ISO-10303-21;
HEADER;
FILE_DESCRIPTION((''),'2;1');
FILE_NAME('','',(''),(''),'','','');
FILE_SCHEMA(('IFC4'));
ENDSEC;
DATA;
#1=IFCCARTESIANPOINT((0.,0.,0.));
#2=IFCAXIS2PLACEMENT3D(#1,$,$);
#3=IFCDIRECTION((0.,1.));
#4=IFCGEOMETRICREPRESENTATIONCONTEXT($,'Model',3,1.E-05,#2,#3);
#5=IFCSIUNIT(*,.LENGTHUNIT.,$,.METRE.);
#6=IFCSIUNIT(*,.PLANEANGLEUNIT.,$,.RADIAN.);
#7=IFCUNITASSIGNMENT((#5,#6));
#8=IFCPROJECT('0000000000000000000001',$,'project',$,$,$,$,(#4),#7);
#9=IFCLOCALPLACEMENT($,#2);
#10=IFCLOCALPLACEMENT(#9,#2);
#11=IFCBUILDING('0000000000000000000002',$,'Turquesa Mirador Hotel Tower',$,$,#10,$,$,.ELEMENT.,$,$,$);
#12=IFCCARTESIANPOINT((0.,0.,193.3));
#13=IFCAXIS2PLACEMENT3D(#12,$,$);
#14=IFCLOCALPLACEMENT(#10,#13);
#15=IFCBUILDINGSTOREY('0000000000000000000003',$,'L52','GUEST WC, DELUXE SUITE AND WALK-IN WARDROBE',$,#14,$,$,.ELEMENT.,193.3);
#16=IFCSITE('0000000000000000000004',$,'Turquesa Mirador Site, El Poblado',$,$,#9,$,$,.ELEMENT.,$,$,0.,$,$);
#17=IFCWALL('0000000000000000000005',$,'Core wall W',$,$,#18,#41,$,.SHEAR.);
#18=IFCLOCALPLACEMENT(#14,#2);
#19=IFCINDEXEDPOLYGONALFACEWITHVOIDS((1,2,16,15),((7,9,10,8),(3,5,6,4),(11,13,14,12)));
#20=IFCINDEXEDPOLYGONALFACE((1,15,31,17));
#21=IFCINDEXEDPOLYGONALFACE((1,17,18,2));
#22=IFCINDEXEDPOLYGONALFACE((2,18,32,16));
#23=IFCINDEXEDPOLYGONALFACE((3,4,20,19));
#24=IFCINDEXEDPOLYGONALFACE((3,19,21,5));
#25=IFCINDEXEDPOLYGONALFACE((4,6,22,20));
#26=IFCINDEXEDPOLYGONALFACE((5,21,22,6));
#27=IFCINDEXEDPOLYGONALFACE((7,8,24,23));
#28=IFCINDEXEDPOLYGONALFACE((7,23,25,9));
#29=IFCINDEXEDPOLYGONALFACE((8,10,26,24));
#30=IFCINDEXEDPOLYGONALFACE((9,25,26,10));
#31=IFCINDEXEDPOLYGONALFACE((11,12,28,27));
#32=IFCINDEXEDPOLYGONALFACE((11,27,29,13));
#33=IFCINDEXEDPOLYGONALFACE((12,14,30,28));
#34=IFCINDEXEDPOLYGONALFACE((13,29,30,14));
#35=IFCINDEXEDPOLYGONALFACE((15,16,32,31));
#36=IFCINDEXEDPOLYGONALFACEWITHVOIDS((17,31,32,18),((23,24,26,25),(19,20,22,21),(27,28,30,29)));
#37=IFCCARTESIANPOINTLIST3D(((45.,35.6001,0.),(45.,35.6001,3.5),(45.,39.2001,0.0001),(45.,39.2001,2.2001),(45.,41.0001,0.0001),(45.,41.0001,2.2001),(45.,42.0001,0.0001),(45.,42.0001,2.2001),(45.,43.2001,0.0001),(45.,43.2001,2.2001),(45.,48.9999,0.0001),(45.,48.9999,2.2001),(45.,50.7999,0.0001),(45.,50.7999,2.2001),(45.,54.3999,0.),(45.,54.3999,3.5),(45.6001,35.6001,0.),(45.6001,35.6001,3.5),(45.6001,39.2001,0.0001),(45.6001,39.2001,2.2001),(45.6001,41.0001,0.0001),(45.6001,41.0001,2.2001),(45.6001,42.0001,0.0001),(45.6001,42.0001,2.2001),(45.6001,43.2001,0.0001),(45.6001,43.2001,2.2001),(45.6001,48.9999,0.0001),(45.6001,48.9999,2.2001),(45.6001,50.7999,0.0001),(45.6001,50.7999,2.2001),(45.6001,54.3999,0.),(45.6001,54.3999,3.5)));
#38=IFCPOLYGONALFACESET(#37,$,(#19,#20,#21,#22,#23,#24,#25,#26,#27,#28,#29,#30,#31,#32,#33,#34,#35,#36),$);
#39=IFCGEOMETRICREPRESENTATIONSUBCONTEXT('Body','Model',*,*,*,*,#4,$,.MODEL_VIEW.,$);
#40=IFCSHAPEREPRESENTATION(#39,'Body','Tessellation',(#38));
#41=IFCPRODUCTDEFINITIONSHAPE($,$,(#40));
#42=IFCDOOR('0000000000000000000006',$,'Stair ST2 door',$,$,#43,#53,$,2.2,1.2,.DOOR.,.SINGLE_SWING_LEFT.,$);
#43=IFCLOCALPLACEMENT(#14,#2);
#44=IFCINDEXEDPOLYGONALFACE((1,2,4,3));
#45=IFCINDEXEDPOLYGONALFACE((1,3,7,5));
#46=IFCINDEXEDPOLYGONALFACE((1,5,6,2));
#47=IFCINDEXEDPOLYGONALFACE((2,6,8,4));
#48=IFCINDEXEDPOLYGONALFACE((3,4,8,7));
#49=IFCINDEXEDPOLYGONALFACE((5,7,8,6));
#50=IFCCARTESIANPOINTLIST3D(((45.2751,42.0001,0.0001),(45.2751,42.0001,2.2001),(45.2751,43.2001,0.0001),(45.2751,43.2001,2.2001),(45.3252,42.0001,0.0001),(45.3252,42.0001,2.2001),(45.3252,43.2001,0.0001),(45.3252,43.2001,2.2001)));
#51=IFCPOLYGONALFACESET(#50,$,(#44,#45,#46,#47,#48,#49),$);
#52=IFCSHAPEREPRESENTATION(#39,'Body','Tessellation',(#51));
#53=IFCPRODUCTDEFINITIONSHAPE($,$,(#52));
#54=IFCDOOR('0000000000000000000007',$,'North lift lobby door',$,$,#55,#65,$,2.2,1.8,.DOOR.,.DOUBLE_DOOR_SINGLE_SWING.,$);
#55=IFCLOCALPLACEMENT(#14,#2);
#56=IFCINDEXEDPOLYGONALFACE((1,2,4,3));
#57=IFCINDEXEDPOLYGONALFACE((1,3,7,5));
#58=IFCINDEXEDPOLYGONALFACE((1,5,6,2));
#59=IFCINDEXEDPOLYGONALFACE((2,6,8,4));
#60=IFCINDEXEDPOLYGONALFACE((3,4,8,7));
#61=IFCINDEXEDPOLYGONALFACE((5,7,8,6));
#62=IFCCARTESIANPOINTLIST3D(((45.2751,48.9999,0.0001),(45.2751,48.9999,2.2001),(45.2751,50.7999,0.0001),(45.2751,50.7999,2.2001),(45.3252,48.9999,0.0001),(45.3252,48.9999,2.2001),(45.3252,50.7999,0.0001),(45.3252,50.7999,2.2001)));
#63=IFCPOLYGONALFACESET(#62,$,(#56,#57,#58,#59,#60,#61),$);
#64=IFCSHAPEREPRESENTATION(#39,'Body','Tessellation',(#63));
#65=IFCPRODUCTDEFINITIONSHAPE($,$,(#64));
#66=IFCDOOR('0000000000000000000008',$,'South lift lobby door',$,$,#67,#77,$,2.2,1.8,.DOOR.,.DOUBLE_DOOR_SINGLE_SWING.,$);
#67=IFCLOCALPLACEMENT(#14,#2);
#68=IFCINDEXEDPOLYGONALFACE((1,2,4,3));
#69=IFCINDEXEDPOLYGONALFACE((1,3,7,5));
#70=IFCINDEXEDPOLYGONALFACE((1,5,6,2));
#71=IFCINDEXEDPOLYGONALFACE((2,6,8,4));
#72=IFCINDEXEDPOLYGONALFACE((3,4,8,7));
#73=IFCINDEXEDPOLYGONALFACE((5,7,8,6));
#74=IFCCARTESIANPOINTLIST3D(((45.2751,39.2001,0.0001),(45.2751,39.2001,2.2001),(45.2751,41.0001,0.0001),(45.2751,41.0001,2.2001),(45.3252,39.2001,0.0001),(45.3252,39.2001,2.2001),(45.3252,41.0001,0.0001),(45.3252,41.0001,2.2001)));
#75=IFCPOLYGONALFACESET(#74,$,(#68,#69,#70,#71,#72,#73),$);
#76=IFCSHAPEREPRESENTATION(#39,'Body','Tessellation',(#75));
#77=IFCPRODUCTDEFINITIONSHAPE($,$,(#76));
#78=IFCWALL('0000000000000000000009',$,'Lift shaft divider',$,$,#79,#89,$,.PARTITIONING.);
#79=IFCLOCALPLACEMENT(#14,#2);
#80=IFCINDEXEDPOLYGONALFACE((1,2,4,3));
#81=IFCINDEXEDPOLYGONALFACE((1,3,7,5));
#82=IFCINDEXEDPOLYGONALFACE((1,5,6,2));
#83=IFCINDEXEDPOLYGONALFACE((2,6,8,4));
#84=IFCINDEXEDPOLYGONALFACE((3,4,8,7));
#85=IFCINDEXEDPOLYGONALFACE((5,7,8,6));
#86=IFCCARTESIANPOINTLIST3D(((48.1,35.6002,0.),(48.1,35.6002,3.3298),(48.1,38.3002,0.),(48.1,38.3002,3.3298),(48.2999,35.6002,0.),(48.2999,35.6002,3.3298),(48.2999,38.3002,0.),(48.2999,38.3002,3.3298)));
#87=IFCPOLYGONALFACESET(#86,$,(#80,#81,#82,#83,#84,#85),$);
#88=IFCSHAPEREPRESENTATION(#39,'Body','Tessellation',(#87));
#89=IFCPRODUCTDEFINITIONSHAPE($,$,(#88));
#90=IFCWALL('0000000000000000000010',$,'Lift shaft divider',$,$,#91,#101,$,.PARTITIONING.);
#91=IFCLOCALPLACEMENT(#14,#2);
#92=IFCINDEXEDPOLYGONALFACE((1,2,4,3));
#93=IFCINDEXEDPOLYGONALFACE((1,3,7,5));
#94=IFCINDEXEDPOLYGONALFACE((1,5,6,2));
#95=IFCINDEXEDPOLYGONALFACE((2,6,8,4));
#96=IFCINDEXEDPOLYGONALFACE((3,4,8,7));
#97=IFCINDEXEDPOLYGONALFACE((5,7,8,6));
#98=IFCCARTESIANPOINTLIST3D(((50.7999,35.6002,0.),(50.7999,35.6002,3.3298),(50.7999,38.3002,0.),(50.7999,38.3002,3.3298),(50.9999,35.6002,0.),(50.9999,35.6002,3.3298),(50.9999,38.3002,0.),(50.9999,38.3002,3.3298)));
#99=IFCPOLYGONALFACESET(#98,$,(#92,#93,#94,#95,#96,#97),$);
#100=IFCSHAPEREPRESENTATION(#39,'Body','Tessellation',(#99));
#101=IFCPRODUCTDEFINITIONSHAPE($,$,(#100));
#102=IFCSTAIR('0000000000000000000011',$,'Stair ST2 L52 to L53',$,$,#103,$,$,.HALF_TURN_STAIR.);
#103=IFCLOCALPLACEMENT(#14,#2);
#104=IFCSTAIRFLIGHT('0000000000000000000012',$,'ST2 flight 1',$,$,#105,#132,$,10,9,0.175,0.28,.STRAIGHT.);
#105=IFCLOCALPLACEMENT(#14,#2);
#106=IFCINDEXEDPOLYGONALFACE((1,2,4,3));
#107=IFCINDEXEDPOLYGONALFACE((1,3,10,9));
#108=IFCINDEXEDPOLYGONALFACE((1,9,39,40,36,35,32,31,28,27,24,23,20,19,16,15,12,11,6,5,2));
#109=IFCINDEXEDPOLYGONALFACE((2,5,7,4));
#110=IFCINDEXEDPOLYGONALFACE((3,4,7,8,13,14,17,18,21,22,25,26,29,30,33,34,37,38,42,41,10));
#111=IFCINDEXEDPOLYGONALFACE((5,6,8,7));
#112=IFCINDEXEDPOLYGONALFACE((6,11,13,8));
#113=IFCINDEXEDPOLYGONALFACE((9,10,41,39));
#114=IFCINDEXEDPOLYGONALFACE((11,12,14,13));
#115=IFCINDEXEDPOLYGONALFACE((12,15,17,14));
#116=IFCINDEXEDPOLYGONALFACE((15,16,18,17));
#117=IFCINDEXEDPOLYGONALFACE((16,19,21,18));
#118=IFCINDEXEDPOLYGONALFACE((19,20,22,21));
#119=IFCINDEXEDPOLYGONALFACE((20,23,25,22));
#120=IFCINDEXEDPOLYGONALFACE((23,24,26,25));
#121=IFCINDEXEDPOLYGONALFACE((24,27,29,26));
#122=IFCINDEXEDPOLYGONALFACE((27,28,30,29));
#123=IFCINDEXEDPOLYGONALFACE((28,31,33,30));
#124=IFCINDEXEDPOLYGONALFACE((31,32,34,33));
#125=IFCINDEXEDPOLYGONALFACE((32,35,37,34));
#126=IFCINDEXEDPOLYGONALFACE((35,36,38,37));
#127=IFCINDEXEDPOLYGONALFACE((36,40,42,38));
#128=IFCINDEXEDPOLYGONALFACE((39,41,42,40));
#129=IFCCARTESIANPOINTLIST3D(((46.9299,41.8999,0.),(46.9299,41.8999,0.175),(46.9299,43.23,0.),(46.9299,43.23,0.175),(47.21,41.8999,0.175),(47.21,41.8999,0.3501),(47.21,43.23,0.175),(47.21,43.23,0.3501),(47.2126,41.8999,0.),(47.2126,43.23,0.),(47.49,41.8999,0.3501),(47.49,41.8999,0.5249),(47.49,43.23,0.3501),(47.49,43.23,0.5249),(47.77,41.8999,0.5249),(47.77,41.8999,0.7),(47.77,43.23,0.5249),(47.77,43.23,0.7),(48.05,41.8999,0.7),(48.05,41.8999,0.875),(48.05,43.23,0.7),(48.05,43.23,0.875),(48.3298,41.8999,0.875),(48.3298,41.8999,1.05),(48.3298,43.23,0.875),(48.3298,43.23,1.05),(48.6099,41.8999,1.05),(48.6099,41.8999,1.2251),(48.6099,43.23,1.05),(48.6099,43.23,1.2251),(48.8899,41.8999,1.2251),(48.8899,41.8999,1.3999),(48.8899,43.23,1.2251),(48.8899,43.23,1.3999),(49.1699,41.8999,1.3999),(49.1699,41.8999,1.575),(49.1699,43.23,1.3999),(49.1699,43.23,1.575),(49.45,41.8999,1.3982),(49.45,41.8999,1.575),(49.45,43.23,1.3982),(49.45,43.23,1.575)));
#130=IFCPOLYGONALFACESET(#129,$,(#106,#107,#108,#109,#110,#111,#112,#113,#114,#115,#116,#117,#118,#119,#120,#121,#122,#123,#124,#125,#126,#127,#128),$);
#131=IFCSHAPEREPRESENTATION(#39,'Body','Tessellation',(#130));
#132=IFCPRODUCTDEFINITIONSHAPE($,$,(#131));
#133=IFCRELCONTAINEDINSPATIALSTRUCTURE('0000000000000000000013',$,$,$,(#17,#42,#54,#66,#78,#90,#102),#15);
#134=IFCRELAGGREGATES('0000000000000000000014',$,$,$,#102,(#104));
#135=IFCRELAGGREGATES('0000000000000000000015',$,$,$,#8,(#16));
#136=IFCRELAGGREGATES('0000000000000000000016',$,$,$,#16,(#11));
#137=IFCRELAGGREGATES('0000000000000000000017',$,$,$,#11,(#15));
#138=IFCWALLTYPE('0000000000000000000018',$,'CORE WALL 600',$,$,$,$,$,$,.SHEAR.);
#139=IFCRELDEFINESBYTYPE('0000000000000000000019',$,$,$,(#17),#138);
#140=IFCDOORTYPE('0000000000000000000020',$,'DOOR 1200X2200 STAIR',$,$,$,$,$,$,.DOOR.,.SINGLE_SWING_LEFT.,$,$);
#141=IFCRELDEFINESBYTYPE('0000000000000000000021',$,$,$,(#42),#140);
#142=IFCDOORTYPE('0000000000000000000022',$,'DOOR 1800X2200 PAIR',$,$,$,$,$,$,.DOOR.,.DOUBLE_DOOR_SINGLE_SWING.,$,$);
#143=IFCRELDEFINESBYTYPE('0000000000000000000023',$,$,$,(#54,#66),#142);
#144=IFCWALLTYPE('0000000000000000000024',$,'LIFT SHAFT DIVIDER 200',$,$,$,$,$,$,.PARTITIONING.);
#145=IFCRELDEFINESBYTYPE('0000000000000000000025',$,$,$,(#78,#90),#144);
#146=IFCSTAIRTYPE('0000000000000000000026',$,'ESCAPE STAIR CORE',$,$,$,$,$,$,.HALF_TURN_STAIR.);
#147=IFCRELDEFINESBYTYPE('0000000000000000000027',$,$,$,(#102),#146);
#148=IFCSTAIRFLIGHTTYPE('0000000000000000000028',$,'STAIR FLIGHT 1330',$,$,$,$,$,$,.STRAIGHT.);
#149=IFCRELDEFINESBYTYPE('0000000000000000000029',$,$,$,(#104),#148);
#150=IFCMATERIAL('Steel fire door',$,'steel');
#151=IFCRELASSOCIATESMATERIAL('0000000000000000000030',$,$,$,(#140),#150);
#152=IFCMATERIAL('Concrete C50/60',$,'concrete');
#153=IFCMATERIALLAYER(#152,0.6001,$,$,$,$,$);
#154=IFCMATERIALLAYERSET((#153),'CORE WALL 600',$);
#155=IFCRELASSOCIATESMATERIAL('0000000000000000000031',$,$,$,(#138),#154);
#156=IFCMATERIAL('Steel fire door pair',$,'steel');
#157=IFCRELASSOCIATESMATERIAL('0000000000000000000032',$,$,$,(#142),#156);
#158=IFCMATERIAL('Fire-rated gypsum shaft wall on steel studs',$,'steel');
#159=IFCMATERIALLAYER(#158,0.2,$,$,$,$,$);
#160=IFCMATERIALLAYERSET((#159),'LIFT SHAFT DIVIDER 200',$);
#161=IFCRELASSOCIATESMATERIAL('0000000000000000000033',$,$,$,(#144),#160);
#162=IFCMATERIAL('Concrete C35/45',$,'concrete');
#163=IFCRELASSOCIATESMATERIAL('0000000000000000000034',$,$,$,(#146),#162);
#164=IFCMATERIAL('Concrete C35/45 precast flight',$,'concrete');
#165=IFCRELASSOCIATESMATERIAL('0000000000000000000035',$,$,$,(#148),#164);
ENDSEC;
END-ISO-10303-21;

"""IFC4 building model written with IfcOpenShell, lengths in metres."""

from ifc_helpers import new_model, si_unit, direction, frame, frame_2d, origin, place, context, subcontext, project, spatial, polyline, rectangle, outline, extrude, material, layer, layer_set, type_object, element, fill, aggregate, save


model = new_model("IFC4")

# Units and contexts
model_context = context("Model", 3, precision=1e-05, world=origin(), true_north=direction((0.0, 1.0)))
body_context = subcontext(model_context, "Body", "Model", "MODEL_VIEW")
ifc_project = project(units=[si_unit("LENGTHUNIT", "METRE"), si_unit("PLANEANGLEUNIT", "RADIAN")], contexts=[model_context])

# Site, building, storey
site_placement = place(None, origin())
site = spatial("IfcSite", under=ifc_project, at=site_placement, Name="Turquesa Mirador Site, El Poblado", CompositionType="ELEMENT", RefElevation=0.0)
building_placement = place(site_placement, origin())
building = spatial("IfcBuilding", under=site, at=building_placement, Name="Turquesa Mirador Hotel Tower", CompositionType="ELEMENT")
storey_placement = place(building_placement, frame((0.0, 0.0, 193.3)))
storey = spatial("IfcBuildingStorey", under=building, at=storey_placement, Name="L52", Description="GUEST WC, DELUXE SUITE AND WALK-IN WARDROBE", CompositionType="ELEMENT", Elevation=193.3)

# Shared definitions
ifc_material_1 = material(Name="Steel fire door", Category="steel")
door_type_1 = type_object("IfcDoorType", Name="DOOR 1200X2200 STAIR", OperationType="SINGLE_SWING_LEFT", PredefinedType="DOOR", material=ifc_material_1)

# Shared definitions
ifc_material_2 = material(Name="Concrete C50/60", Category="concrete")
ifc_layer_1 = layer(ifc_material_2, 0.6001)
ifc_layer_set_1 = layer_set([ifc_layer_1], Name="CORE WALL 600")
wall_type_1 = type_object("IfcWallType", Name="CORE WALL 600", PredefinedType="SHEAR", material=ifc_layer_set_1)

# Wall, openings, doors
wall_1_placement = place(storey_placement, frame((45.3, 35.6001, 0.0), z_axis=(0.0, 0.0, 1.0), x_axis=(0.0, 1.0, 0.0)))
wall_1 = element("IfcWall", 1, at=wall_1_placement, inside=storey, type_object=wall_type_1, Name="Core wall W", PredefinedType="SHEAR", context=body_context, shape_type="SweptSolid", body=[
    extrude(rectangle(XDim=18.7998, YDim=0.6001, at=frame_2d((9.3999, 0.0))), origin(), (0.0, 0.0, 1.0), 3.5),
])
opening_1_placement = place(wall_1_placement, frame((13.3999, 0.0, 0.0)))
opening_1 = element("IfcOpeningElement", 2, at=opening_1_placement, cuts=wall_1, PredefinedType="OPENING", context=body_context, shape_type="SweptSolid", body=[
    extrude(rectangle(XDim=1.8, YDim=2.2, at=frame_2d((0.8999, 1.1001))), frame((0.0, 0.3101, 0.0), z_axis=(0.0, -1.0, 0.0), x_axis=(1.0, 0.0, 0.0)), (0.0, 0.0, 1.0), 0.6201),
])
opening_2_placement = place(wall_1_placement, frame((3.6001, 0.0, 0.0)))
opening_2 = element("IfcOpeningElement", 3, at=opening_2_placement, cuts=wall_1, PredefinedType="OPENING", context=body_context, shape_type="SweptSolid", body=[
    extrude(rectangle(XDim=1.8, YDim=2.2, at=frame_2d((0.8999, 1.1001))), frame((0.0, 0.3101, 0.0), z_axis=(0.0, -1.0, 0.0), x_axis=(1.0, 0.0, 0.0)), (0.0, 0.0, 1.0), 0.6201),
])
opening_3_placement = place(wall_1_placement, frame((6.3999, 0.0, 0.0)))
opening_3 = element("IfcOpeningElement", 4, at=opening_3_placement, cuts=wall_1, PredefinedType="OPENING", context=body_context, shape_type="SweptSolid", body=[
    extrude(rectangle(XDim=1.2, YDim=2.2, at=frame_2d((0.6001, 1.1001))), frame((0.0, 0.3101, 0.0), z_axis=(0.0, -1.0, 0.0), x_axis=(1.0, 0.0, 0.0)), (0.0, 0.0, 1.0), 0.6201),
])
door_1_placement = place(opening_3_placement, origin())
door_1 = element("IfcDoor", 5, at=door_1_placement, inside=storey, type_object=door_type_1, Name="Stair ST2 door", OperationType="SINGLE_SWING_LEFT", OverallHeight=2.2, OverallWidth=1.2, PredefinedType="DOOR", context=body_context, shape_type="SweptSolid", body=[
    extrude(rectangle(XDim=1.2, YDim=2.2, at=frame_2d((0.6001, 1.1001))), frame((0.0, 0.0249, 0.0), z_axis=(0.0, -1.0, 0.0), x_axis=(1.0, 0.0, 0.0)), (0.0, 0.0, 1.0), 0.05),
])
fill(opening_3, door_1)
ifc_material_3 = material(Name="Steel fire door pair", Category="steel")
door_type_2 = type_object("IfcDoorType", Name="DOOR 1800X2200 PAIR", OperationType="DOUBLE_DOOR_SINGLE_SWING", PredefinedType="DOOR", material=ifc_material_3)
door_2_placement = place(opening_1_placement, origin())
door_2 = element("IfcDoor", 6, at=door_2_placement, inside=storey, type_object=door_type_2, Name="North lift lobby door", OperationType="DOUBLE_DOOR_SINGLE_SWING", OverallHeight=2.2, OverallWidth=1.8, PredefinedType="DOOR", context=body_context, shape_type="SweptSolid", body=[
    extrude(rectangle(XDim=1.8, YDim=2.2, at=frame_2d((0.8999, 1.1001))), frame((0.0, 0.0249, 0.0), z_axis=(0.0, -1.0, 0.0), x_axis=(1.0, 0.0, 0.0)), (0.0, 0.0, 1.0), 0.05),
])
fill(opening_1, door_2)
door_3_placement = place(opening_2_placement, origin())
door_3 = element("IfcDoor", 7, at=door_3_placement, inside=storey, type_object=door_type_2, Name="South lift lobby door", OperationType="DOUBLE_DOOR_SINGLE_SWING", OverallHeight=2.2, OverallWidth=1.8, PredefinedType="DOOR", context=body_context, shape_type="SweptSolid", body=[
    extrude(rectangle(XDim=1.8, YDim=2.2, at=frame_2d((0.8999, 1.1001))), frame((0.0, 0.0249, 0.0), z_axis=(0.0, -1.0, 0.0), x_axis=(1.0, 0.0, 0.0)), (0.0, 0.0, 1.0), 0.05),
])
fill(opening_2, door_3)

# Walls
ifc_material_4 = material(Name="Fire-rated gypsum shaft wall on steel studs", Category="steel")
ifc_layer_2 = layer(ifc_material_4, 0.2)
ifc_layer_set_2 = layer_set([ifc_layer_2], Name="LIFT SHAFT DIVIDER 200")
wall_type_2 = type_object("IfcWallType", Name="LIFT SHAFT DIVIDER 200", PredefinedType="PARTITIONING", material=ifc_layer_set_2)
for number, where, z_axis, x_axis, name in (
    (8, (48.2, 35.6001, 0.0), (0.0, 0.0, 1.0), (0.0, 1.0, 0.0), "Lift shaft divider"),
    (9, (50.8999, 35.6001, 0.0), (0.0, 0.0, 1.0), (0.0, 1.0, 0.0), "Lift shaft divider"),
):
    element("IfcWall", number, at=place(storey_placement, frame(where, z_axis=z_axis, x_axis=x_axis)), inside=storey, type_object=wall_type_2, Name=name, PredefinedType="PARTITIONING", context=body_context, shape_type="SweptSolid", body=[
        extrude(rectangle(XDim=2.7, YDim=0.2, at=frame_2d((1.3501, 0.0))), origin(), (0.0, 0.0, 1.0), 3.3298),
    ])

# Stair, stair flight
ifc_material_5 = material(Name="Concrete C35/45", Category="concrete")
stair_type = type_object("IfcStairType", Name="ESCAPE STAIR CORE", PredefinedType="HALF_TURN_STAIR", material=ifc_material_5)
stair_placement = place(storey_placement, origin())
stair = element("IfcStair", 10, at=stair_placement, inside=storey, type_object=stair_type, Name="Stair ST2 L52 to L53", PredefinedType="HALF_TURN_STAIR")
ifc_material_6 = material(Name="Concrete C35/45 precast flight", Category="concrete")
stair_flight_type = type_object("IfcStairFlightType", Name="STAIR FLIGHT 1330", PredefinedType="STRAIGHT", material=ifc_material_6)
stair_flight_placement = place(storey_placement, frame((46.9299, 42.5649, 0.0), z_axis=(0.0, 0.0, 1.0), x_axis=(1.0, 0.0, 0.0)))
stair_flight = element("IfcStairFlight", 11, at=stair_flight_placement, type_object=stair_flight_type, Name="ST2 flight 1", NumberOfRisers=10, NumberOfTreads=9, PredefinedType="STRAIGHT", RiserHeight=0.175, TreadLength=0.28, context=body_context, shape_type="SweptSolid", body=[
    extrude(outline(polyline([(0.0, 0.0), (0.0, 0.175), (0.28, 0.175), (0.28, 0.3501), (0.5601, 0.3501), (0.5601, 0.5249), (0.8401, 0.5249), (0.8401, 0.7), (1.1201, 0.7), (1.1201, 0.875), (1.3999, 0.875), (1.3999, 1.05), (1.6799, 1.05), (1.6799, 1.2251), (1.96, 1.2251), (1.96, 1.3999), (2.24, 1.3999), (2.24, 1.575), (2.52, 1.575), (2.52, 1.75), (2.52, 1.3982), (0.2827, 0.0), (0.0, 0.0)])), frame((0.0, 0.665, 0.0), z_axis=(0.0, -1.0, 0.0), x_axis=(1.0, 0.0, 0.0)), (0.0, 0.0, 1.0), 1.3301),
])
aggregate(stair, [stair_flight])

save(model, "model.ifc")
